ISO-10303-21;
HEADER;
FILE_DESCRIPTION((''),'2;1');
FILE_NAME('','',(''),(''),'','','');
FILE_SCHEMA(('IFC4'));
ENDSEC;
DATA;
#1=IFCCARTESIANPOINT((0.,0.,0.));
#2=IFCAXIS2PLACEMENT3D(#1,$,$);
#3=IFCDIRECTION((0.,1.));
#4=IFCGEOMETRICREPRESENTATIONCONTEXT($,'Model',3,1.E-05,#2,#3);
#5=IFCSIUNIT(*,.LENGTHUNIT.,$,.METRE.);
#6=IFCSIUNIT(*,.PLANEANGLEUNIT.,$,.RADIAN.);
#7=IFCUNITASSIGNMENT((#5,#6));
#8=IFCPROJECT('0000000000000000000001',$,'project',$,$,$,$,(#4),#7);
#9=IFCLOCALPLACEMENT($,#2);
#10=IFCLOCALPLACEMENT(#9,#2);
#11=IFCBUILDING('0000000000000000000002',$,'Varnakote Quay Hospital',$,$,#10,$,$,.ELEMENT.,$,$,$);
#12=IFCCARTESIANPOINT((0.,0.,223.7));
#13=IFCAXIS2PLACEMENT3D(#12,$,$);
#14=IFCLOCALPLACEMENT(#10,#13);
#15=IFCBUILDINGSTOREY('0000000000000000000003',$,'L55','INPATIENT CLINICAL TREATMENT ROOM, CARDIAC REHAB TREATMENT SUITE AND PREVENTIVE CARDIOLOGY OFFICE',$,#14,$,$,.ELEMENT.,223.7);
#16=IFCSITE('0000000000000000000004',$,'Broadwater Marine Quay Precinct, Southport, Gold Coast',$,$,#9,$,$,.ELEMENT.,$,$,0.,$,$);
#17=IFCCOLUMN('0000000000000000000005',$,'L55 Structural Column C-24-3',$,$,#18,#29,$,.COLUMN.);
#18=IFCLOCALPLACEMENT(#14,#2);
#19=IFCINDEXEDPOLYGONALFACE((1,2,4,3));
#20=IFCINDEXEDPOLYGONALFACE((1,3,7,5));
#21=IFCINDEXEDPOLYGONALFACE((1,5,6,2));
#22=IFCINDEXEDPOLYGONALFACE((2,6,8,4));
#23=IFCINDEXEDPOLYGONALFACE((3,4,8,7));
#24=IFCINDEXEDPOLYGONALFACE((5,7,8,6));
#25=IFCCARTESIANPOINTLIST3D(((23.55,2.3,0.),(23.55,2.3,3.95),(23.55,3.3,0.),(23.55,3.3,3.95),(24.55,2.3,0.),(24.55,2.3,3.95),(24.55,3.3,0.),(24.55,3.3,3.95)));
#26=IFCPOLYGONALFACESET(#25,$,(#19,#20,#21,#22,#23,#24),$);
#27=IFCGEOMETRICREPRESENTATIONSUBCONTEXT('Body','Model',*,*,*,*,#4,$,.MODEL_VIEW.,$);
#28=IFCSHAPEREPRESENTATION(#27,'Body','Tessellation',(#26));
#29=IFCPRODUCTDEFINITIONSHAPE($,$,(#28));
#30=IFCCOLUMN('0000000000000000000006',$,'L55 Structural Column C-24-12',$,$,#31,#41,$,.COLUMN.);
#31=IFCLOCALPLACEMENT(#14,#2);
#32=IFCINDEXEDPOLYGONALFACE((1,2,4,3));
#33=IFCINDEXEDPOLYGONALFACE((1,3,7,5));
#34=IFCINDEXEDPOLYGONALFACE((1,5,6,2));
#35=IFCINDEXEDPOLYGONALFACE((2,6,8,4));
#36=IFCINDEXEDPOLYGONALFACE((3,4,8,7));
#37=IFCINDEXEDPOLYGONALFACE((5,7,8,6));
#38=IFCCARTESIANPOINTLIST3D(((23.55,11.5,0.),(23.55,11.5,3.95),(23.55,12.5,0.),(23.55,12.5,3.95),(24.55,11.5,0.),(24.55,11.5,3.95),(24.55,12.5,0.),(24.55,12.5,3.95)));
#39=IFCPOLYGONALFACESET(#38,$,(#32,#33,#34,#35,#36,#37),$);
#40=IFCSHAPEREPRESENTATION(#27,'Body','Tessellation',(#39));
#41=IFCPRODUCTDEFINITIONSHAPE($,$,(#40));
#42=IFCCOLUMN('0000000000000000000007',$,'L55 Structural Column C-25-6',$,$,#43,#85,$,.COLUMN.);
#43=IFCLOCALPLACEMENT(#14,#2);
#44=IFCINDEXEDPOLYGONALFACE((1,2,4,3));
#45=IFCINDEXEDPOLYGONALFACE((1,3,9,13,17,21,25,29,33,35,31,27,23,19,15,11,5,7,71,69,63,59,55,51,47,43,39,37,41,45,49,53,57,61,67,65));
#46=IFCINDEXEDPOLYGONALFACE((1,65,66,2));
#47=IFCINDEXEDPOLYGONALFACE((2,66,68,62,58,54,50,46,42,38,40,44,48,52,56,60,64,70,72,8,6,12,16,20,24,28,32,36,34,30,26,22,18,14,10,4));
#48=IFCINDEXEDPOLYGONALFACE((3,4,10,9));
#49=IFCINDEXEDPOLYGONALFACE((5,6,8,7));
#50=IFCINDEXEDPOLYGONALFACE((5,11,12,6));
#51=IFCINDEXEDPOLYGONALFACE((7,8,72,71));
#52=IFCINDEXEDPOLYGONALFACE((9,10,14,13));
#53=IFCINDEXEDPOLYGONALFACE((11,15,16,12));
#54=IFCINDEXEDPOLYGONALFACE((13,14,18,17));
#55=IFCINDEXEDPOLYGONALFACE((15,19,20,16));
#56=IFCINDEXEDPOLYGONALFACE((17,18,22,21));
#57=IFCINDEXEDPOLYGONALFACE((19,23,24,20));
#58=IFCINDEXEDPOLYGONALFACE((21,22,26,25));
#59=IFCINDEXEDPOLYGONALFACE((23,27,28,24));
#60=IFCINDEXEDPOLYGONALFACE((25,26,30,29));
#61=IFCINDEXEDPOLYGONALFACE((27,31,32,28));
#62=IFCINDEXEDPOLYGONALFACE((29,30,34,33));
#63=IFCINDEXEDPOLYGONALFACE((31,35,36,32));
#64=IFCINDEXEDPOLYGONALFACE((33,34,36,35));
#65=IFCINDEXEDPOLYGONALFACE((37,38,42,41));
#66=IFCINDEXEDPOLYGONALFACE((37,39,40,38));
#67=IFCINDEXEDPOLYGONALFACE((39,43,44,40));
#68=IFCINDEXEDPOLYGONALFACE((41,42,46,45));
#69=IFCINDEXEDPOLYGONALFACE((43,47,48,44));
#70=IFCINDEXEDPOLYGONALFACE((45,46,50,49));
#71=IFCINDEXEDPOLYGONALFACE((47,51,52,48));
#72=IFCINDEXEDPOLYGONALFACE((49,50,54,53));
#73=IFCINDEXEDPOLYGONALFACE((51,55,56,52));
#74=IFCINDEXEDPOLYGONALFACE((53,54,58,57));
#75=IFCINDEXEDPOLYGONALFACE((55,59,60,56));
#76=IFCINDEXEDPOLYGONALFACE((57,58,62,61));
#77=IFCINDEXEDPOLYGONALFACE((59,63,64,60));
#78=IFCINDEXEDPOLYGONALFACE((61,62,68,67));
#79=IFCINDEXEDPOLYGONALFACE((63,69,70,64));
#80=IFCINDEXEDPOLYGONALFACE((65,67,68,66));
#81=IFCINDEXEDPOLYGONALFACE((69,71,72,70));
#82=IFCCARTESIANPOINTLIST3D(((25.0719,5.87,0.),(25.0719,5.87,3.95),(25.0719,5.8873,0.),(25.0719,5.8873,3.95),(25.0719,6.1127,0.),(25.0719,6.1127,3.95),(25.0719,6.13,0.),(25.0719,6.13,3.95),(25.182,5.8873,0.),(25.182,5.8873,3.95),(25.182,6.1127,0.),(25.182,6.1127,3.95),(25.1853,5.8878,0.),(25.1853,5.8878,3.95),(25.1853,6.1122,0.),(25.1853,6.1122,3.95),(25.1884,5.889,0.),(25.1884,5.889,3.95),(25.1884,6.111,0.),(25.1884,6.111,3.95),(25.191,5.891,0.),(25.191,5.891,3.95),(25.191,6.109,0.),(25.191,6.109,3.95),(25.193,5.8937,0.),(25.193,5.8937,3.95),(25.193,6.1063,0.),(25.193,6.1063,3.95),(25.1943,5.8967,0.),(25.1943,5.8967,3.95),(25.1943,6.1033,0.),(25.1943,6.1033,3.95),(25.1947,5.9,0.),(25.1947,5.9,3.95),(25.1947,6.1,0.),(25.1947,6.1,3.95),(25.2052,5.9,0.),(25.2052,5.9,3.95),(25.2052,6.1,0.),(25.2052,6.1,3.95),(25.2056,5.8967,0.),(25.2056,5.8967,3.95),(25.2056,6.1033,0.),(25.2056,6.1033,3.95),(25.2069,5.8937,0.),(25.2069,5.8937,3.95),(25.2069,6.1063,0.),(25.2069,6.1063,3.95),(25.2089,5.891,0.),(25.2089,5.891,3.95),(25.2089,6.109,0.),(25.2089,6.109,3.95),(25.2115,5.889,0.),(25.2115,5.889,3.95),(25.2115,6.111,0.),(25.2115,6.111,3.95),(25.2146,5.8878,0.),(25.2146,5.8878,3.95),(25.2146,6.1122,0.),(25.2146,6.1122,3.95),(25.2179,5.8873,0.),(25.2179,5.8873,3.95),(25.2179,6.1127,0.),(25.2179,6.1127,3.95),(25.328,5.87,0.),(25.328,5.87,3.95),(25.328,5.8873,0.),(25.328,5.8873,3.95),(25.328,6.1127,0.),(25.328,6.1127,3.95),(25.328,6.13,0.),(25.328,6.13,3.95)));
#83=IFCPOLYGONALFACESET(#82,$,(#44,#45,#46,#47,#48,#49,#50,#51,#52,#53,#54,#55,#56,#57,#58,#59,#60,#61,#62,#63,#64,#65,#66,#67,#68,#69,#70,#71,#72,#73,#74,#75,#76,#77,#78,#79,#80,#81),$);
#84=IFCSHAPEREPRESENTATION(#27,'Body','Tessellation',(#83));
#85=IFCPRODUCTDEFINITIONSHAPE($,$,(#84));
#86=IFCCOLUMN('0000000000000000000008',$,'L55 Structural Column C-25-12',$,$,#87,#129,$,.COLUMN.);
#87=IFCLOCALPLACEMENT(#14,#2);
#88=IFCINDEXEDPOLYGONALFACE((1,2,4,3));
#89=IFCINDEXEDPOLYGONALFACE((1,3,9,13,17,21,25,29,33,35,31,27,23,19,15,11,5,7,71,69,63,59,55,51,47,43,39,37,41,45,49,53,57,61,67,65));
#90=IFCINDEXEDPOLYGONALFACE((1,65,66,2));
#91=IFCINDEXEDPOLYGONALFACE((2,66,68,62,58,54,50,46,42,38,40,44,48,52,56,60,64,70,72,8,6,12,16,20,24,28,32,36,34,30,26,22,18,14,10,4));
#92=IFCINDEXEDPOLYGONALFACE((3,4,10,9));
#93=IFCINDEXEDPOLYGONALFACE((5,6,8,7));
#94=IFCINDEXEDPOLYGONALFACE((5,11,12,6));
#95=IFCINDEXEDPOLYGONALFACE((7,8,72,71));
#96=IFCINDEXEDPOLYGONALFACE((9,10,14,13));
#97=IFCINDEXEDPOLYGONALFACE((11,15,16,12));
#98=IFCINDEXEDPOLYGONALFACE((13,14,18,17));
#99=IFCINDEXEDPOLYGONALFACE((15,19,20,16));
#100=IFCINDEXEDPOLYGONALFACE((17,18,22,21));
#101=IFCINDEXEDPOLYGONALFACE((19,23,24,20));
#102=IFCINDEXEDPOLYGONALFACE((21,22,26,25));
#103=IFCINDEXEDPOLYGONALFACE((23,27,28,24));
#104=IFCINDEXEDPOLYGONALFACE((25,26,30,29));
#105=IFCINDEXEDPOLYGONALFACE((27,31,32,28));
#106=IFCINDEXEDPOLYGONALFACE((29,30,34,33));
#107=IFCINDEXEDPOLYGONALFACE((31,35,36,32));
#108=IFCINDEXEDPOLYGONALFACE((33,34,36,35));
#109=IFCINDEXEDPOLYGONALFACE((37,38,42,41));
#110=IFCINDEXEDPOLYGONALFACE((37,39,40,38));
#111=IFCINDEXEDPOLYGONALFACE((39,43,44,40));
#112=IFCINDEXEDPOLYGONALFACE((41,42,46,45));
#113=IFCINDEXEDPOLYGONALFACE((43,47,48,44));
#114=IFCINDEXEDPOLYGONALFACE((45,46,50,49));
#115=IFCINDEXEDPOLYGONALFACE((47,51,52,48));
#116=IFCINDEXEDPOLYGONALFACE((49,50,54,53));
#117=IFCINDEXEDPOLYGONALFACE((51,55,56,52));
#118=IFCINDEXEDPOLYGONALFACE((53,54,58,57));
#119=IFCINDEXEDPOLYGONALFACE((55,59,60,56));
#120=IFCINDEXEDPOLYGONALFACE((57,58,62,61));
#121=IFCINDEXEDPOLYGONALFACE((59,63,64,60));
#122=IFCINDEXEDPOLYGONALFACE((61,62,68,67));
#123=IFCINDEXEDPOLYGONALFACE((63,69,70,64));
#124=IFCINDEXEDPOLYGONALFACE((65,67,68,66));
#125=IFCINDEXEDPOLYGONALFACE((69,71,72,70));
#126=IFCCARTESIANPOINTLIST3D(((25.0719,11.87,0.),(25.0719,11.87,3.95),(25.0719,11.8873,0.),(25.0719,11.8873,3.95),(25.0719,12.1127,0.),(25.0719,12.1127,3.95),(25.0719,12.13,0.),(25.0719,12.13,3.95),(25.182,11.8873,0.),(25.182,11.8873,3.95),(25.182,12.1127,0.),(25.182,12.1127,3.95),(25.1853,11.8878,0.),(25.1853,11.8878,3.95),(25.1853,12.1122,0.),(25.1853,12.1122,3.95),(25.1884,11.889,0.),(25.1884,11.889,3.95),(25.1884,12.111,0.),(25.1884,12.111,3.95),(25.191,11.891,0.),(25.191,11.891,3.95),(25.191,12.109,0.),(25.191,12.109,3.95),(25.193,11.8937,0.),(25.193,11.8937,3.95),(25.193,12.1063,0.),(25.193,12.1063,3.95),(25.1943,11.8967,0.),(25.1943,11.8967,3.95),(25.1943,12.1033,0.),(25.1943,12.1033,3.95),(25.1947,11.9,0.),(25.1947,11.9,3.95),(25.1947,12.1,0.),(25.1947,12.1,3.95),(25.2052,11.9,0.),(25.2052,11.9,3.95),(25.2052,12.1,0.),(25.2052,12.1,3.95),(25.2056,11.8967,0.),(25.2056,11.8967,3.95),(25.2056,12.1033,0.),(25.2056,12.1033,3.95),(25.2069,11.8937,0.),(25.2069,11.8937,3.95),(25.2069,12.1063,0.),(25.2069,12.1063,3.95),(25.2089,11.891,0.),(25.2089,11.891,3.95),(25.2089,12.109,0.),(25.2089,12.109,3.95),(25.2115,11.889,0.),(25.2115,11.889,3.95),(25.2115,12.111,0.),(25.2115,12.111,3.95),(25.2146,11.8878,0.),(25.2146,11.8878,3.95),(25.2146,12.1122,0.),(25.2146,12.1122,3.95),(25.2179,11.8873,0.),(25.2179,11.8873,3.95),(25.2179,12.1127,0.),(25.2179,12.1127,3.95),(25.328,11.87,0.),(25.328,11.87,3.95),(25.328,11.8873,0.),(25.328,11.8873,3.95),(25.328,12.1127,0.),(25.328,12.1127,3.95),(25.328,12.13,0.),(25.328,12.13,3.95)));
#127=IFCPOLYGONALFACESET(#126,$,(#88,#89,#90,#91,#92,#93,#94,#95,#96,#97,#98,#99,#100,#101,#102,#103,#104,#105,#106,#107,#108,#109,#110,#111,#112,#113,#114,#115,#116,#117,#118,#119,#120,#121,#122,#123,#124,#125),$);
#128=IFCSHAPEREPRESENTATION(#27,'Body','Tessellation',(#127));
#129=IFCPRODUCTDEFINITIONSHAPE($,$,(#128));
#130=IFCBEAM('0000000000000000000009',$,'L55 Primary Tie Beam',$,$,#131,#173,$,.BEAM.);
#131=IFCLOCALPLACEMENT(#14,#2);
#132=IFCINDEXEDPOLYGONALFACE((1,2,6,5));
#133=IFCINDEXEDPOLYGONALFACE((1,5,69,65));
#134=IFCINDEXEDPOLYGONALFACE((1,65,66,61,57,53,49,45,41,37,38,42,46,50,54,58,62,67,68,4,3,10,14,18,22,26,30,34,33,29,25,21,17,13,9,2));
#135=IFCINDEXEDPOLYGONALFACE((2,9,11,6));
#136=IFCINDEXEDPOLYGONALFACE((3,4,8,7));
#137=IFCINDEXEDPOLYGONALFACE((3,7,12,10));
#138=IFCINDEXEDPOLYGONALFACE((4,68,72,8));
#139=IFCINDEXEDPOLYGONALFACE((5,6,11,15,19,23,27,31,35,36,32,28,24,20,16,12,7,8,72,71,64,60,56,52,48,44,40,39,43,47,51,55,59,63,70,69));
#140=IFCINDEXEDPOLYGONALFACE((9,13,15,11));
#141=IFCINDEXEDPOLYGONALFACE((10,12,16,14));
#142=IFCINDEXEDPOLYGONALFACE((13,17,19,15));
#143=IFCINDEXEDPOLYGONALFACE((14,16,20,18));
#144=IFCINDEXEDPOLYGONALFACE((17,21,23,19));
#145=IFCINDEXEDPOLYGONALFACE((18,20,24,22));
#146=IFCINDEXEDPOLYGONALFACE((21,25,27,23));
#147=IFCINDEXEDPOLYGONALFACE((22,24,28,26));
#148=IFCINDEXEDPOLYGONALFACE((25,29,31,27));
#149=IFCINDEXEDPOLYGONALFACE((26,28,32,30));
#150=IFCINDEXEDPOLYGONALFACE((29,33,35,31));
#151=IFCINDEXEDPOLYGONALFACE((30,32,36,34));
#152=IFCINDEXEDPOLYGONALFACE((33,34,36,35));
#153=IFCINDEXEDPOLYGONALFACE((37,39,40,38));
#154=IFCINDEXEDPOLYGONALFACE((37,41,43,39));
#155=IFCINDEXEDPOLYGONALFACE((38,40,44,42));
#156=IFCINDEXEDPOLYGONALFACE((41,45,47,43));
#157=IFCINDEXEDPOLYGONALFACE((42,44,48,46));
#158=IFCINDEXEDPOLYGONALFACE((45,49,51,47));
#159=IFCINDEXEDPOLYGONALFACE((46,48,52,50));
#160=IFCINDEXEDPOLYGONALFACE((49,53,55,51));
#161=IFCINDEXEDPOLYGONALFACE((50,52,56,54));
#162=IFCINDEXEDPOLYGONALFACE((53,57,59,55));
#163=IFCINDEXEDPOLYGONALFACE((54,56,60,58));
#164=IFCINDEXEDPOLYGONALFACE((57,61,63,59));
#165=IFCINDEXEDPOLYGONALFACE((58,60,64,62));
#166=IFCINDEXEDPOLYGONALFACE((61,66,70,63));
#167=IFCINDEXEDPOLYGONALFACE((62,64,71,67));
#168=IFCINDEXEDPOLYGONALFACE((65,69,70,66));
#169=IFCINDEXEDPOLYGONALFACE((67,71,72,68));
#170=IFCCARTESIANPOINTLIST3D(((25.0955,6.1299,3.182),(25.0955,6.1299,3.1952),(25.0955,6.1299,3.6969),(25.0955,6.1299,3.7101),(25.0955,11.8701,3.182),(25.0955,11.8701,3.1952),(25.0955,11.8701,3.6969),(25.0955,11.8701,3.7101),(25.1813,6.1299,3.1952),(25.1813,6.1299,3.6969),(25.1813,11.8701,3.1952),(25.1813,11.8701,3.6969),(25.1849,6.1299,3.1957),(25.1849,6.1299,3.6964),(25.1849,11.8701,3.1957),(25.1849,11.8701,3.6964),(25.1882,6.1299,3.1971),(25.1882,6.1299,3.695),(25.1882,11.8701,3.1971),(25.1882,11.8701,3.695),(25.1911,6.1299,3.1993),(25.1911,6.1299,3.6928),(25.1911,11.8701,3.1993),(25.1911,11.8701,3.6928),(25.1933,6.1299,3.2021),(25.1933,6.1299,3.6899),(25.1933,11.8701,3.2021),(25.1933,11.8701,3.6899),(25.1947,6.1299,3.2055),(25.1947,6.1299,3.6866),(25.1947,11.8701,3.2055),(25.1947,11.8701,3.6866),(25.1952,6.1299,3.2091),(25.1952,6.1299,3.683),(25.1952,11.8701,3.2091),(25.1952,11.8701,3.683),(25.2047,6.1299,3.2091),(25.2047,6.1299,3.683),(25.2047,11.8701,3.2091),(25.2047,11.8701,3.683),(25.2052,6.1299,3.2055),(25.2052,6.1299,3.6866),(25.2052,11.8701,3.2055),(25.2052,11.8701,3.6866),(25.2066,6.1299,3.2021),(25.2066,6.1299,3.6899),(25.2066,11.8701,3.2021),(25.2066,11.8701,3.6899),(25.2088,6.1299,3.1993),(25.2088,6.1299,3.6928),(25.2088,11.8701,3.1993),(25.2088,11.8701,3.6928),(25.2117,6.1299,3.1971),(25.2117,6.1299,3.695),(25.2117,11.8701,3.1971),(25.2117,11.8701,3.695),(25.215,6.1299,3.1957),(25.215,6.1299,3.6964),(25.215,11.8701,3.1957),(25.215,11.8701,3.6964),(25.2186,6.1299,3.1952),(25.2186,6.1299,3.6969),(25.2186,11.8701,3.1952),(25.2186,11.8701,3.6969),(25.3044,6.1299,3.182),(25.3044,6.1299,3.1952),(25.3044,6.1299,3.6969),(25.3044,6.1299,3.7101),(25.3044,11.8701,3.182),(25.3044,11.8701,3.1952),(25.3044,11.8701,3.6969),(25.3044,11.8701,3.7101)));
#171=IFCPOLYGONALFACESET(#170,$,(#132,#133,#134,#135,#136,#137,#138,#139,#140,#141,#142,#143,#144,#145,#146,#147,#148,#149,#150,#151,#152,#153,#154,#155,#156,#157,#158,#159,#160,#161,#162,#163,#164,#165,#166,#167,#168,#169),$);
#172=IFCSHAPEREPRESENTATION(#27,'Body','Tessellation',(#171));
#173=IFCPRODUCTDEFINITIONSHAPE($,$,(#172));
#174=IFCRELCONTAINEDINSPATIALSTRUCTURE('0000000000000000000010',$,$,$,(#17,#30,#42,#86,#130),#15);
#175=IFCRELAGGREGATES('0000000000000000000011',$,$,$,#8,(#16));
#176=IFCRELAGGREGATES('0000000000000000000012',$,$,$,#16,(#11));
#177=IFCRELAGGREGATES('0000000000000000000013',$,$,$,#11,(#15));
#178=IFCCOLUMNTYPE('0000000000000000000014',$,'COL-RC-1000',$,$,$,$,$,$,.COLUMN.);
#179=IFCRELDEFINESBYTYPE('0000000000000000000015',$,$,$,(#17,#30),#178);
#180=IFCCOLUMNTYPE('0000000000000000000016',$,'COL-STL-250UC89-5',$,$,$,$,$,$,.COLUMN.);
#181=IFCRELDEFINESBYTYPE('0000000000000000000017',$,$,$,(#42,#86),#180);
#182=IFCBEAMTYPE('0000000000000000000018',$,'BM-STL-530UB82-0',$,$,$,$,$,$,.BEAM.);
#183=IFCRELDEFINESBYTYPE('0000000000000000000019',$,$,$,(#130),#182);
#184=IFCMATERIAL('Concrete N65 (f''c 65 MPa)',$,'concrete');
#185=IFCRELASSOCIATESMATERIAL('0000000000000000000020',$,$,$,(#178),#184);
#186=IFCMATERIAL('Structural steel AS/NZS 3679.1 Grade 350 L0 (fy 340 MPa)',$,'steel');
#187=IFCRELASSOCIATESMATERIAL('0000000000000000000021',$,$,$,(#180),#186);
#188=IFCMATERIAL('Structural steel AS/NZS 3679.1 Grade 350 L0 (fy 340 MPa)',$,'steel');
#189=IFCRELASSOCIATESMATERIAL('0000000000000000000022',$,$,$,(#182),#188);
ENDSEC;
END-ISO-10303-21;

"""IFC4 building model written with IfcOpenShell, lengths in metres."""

from ifc_helpers import new_model, si_unit, direction, frame, origin, origin_2d, place, context, subcontext, project, spatial, rectangle, i_section, extrude, material, material_profile, profile_set, type_object, element, save


model = new_model("IFC4")

# Units and contexts
model_context = context("Model", 3, precision=1e-05, world=origin(), true_north=direction((0.0, 1.0)))
body_context = subcontext(model_context, "Body", "Model", "MODEL_VIEW")
ifc_project = project(units=[si_unit("LENGTHUNIT", "METRE"), si_unit("PLANEANGLEUNIT", "RADIAN")], contexts=[model_context])

# Site, building, storey
site_placement = place(None, origin())
site = spatial("IfcSite", under=ifc_project, at=site_placement, Name="Broadwater Marine Quay Precinct, Southport, Gold Coast", CompositionType="ELEMENT", RefElevation=0.0)
building_placement = place(site_placement, origin())
building = spatial("IfcBuilding", under=site, at=building_placement, Name="Varnakote Quay Hospital", CompositionType="ELEMENT")
storey_placement = place(building_placement, frame((0.0, 0.0, 223.7)))
storey = spatial("IfcBuildingStorey", under=building, at=storey_placement, Name="L55", Description="INPATIENT CLINICAL TREATMENT ROOM, CARDIAC REHAB TREATMENT SUITE AND PREVENTIVE CARDIOLOGY OFFICE", CompositionType="ELEMENT", Elevation=223.7)

# Columns
ifc_material_1 = material(Name="Concrete N65 (f'c 65 MPa)", Category="concrete")
ifc_material_profile_1 = material_profile(ifc_material_1, rectangle(XDim=1.0, YDim=1.0, at=origin_2d()), Name="RC-COL-1000x1000")
ifc_profile_set_1 = profile_set([ifc_material_profile_1], Name="Concrete N65 (f'c 65 MPa)")
column_type_1 = type_object("IfcColumnType", Name="COL-RC-1000", PredefinedType="COLUMN", material=ifc_profile_set_1)
for number, where, z_axis, x_axis, name in (
    (1, (24.05, 2.8, 0.0), (0.0, 0.0, 1.0), (1.0, 0.0, 0.0), "L55 Structural Column C-24-3"),
    (2, (24.05, 12.0, 0.0), (0.0, 0.0, 1.0), (1.0, 0.0, 0.0), "L55 Structural Column C-24-12"),
):
    element("IfcColumn", number, at=place(storey_placement, frame(where, z_axis=z_axis, x_axis=x_axis)), inside=storey, type_object=column_type_1, Name=name, PredefinedType="COLUMN", context=body_context, shape_type="SweptSolid", body=[
        extrude(rectangle(XDim=1.0, YDim=1.0, at=origin_2d()), origin(), (0.0, 0.0, 1.0), 3.95),
    ])
ifc_material_2 = material(Name="Structural steel AS/NZS 3679.1 Grade 350 L0 (fy 340 MPa)", Category="steel")
ifc_material_profile_2 = material_profile(ifc_material_2, i_section(OverallWidth=0.2561, OverallDepth=0.26, WebThickness=0.0105, FlangeThickness=0.0173, FilletRadius=0.0127, at=origin_2d()), Name="250UC89.5")
ifc_profile_set_2 = profile_set([ifc_material_profile_2], Name="Structural steel AS/NZS 3679.1 Grade 350 L0 (fy 340 MPa)")
column_type_2 = type_object("IfcColumnType", Name="COL-STL-250UC89-5", PredefinedType="COLUMN", material=ifc_profile_set_2)
for number, where, z_axis, x_axis, name in (
    (3, (25.2, 6.0, 0.0), (0.0, 0.0, 1.0), (1.0, 0.0, 0.0), "L55 Structural Column C-25-6"),
    (4, (25.2, 12.0, 0.0), (0.0, 0.0, 1.0), (1.0, 0.0, 0.0), "L55 Structural Column C-25-12"),
):
    element("IfcColumn", number, at=place(storey_placement, frame(where, z_axis=z_axis, x_axis=x_axis)), inside=storey, type_object=column_type_2, Name=name, PredefinedType="COLUMN", context=body_context, shape_type="SweptSolid", body=[
        extrude(i_section(OverallWidth=0.2561, OverallDepth=0.26, WebThickness=0.0105, FlangeThickness=0.0173, FilletRadius=0.0127, at=origin_2d()), origin(), (0.0, 0.0, 1.0), 3.95),
    ])

# Beam
ifc_material_3 = material(Name="Structural steel AS/NZS 3679.1 Grade 350 L0 (fy 340 MPa)", Category="steel")
ifc_material_profile_3 = material_profile(ifc_material_3, i_section(OverallWidth=0.209, OverallDepth=0.5281, WebThickness=0.0095, FlangeThickness=0.0132, FilletRadius=0.0139, at=origin_2d()), Name="530UB82.0")
ifc_profile_set_3 = profile_set([ifc_material_profile_3], Name="Structural steel AS/NZS 3679.1 Grade 350 L0 (fy 340 MPa)")
beam_type_1 = type_object("IfcBeamType", Name="BM-STL-530UB82-0", PredefinedType="BEAM", material=ifc_profile_set_3)
beam_1_placement = place(storey_placement, frame((25.2, 6.1299, 3.446), z_axis=(0.0, 1.0, 0.0), x_axis=(-1.0, 0.0, 0.0)))
element("IfcBeam", 5, at=beam_1_placement, inside=storey, type_object=beam_type_1, Name="L55 Primary Tie Beam", PredefinedType="BEAM", context=body_context, shape_type="SweptSolid", body=[
    extrude(i_section(OverallWidth=0.209, OverallDepth=0.5281, WebThickness=0.0095, FlangeThickness=0.0132, FilletRadius=0.0139, at=origin_2d()), origin(), (0.0, 0.0, 1.0), 5.7402),
])

save(model, "model.ifc")
